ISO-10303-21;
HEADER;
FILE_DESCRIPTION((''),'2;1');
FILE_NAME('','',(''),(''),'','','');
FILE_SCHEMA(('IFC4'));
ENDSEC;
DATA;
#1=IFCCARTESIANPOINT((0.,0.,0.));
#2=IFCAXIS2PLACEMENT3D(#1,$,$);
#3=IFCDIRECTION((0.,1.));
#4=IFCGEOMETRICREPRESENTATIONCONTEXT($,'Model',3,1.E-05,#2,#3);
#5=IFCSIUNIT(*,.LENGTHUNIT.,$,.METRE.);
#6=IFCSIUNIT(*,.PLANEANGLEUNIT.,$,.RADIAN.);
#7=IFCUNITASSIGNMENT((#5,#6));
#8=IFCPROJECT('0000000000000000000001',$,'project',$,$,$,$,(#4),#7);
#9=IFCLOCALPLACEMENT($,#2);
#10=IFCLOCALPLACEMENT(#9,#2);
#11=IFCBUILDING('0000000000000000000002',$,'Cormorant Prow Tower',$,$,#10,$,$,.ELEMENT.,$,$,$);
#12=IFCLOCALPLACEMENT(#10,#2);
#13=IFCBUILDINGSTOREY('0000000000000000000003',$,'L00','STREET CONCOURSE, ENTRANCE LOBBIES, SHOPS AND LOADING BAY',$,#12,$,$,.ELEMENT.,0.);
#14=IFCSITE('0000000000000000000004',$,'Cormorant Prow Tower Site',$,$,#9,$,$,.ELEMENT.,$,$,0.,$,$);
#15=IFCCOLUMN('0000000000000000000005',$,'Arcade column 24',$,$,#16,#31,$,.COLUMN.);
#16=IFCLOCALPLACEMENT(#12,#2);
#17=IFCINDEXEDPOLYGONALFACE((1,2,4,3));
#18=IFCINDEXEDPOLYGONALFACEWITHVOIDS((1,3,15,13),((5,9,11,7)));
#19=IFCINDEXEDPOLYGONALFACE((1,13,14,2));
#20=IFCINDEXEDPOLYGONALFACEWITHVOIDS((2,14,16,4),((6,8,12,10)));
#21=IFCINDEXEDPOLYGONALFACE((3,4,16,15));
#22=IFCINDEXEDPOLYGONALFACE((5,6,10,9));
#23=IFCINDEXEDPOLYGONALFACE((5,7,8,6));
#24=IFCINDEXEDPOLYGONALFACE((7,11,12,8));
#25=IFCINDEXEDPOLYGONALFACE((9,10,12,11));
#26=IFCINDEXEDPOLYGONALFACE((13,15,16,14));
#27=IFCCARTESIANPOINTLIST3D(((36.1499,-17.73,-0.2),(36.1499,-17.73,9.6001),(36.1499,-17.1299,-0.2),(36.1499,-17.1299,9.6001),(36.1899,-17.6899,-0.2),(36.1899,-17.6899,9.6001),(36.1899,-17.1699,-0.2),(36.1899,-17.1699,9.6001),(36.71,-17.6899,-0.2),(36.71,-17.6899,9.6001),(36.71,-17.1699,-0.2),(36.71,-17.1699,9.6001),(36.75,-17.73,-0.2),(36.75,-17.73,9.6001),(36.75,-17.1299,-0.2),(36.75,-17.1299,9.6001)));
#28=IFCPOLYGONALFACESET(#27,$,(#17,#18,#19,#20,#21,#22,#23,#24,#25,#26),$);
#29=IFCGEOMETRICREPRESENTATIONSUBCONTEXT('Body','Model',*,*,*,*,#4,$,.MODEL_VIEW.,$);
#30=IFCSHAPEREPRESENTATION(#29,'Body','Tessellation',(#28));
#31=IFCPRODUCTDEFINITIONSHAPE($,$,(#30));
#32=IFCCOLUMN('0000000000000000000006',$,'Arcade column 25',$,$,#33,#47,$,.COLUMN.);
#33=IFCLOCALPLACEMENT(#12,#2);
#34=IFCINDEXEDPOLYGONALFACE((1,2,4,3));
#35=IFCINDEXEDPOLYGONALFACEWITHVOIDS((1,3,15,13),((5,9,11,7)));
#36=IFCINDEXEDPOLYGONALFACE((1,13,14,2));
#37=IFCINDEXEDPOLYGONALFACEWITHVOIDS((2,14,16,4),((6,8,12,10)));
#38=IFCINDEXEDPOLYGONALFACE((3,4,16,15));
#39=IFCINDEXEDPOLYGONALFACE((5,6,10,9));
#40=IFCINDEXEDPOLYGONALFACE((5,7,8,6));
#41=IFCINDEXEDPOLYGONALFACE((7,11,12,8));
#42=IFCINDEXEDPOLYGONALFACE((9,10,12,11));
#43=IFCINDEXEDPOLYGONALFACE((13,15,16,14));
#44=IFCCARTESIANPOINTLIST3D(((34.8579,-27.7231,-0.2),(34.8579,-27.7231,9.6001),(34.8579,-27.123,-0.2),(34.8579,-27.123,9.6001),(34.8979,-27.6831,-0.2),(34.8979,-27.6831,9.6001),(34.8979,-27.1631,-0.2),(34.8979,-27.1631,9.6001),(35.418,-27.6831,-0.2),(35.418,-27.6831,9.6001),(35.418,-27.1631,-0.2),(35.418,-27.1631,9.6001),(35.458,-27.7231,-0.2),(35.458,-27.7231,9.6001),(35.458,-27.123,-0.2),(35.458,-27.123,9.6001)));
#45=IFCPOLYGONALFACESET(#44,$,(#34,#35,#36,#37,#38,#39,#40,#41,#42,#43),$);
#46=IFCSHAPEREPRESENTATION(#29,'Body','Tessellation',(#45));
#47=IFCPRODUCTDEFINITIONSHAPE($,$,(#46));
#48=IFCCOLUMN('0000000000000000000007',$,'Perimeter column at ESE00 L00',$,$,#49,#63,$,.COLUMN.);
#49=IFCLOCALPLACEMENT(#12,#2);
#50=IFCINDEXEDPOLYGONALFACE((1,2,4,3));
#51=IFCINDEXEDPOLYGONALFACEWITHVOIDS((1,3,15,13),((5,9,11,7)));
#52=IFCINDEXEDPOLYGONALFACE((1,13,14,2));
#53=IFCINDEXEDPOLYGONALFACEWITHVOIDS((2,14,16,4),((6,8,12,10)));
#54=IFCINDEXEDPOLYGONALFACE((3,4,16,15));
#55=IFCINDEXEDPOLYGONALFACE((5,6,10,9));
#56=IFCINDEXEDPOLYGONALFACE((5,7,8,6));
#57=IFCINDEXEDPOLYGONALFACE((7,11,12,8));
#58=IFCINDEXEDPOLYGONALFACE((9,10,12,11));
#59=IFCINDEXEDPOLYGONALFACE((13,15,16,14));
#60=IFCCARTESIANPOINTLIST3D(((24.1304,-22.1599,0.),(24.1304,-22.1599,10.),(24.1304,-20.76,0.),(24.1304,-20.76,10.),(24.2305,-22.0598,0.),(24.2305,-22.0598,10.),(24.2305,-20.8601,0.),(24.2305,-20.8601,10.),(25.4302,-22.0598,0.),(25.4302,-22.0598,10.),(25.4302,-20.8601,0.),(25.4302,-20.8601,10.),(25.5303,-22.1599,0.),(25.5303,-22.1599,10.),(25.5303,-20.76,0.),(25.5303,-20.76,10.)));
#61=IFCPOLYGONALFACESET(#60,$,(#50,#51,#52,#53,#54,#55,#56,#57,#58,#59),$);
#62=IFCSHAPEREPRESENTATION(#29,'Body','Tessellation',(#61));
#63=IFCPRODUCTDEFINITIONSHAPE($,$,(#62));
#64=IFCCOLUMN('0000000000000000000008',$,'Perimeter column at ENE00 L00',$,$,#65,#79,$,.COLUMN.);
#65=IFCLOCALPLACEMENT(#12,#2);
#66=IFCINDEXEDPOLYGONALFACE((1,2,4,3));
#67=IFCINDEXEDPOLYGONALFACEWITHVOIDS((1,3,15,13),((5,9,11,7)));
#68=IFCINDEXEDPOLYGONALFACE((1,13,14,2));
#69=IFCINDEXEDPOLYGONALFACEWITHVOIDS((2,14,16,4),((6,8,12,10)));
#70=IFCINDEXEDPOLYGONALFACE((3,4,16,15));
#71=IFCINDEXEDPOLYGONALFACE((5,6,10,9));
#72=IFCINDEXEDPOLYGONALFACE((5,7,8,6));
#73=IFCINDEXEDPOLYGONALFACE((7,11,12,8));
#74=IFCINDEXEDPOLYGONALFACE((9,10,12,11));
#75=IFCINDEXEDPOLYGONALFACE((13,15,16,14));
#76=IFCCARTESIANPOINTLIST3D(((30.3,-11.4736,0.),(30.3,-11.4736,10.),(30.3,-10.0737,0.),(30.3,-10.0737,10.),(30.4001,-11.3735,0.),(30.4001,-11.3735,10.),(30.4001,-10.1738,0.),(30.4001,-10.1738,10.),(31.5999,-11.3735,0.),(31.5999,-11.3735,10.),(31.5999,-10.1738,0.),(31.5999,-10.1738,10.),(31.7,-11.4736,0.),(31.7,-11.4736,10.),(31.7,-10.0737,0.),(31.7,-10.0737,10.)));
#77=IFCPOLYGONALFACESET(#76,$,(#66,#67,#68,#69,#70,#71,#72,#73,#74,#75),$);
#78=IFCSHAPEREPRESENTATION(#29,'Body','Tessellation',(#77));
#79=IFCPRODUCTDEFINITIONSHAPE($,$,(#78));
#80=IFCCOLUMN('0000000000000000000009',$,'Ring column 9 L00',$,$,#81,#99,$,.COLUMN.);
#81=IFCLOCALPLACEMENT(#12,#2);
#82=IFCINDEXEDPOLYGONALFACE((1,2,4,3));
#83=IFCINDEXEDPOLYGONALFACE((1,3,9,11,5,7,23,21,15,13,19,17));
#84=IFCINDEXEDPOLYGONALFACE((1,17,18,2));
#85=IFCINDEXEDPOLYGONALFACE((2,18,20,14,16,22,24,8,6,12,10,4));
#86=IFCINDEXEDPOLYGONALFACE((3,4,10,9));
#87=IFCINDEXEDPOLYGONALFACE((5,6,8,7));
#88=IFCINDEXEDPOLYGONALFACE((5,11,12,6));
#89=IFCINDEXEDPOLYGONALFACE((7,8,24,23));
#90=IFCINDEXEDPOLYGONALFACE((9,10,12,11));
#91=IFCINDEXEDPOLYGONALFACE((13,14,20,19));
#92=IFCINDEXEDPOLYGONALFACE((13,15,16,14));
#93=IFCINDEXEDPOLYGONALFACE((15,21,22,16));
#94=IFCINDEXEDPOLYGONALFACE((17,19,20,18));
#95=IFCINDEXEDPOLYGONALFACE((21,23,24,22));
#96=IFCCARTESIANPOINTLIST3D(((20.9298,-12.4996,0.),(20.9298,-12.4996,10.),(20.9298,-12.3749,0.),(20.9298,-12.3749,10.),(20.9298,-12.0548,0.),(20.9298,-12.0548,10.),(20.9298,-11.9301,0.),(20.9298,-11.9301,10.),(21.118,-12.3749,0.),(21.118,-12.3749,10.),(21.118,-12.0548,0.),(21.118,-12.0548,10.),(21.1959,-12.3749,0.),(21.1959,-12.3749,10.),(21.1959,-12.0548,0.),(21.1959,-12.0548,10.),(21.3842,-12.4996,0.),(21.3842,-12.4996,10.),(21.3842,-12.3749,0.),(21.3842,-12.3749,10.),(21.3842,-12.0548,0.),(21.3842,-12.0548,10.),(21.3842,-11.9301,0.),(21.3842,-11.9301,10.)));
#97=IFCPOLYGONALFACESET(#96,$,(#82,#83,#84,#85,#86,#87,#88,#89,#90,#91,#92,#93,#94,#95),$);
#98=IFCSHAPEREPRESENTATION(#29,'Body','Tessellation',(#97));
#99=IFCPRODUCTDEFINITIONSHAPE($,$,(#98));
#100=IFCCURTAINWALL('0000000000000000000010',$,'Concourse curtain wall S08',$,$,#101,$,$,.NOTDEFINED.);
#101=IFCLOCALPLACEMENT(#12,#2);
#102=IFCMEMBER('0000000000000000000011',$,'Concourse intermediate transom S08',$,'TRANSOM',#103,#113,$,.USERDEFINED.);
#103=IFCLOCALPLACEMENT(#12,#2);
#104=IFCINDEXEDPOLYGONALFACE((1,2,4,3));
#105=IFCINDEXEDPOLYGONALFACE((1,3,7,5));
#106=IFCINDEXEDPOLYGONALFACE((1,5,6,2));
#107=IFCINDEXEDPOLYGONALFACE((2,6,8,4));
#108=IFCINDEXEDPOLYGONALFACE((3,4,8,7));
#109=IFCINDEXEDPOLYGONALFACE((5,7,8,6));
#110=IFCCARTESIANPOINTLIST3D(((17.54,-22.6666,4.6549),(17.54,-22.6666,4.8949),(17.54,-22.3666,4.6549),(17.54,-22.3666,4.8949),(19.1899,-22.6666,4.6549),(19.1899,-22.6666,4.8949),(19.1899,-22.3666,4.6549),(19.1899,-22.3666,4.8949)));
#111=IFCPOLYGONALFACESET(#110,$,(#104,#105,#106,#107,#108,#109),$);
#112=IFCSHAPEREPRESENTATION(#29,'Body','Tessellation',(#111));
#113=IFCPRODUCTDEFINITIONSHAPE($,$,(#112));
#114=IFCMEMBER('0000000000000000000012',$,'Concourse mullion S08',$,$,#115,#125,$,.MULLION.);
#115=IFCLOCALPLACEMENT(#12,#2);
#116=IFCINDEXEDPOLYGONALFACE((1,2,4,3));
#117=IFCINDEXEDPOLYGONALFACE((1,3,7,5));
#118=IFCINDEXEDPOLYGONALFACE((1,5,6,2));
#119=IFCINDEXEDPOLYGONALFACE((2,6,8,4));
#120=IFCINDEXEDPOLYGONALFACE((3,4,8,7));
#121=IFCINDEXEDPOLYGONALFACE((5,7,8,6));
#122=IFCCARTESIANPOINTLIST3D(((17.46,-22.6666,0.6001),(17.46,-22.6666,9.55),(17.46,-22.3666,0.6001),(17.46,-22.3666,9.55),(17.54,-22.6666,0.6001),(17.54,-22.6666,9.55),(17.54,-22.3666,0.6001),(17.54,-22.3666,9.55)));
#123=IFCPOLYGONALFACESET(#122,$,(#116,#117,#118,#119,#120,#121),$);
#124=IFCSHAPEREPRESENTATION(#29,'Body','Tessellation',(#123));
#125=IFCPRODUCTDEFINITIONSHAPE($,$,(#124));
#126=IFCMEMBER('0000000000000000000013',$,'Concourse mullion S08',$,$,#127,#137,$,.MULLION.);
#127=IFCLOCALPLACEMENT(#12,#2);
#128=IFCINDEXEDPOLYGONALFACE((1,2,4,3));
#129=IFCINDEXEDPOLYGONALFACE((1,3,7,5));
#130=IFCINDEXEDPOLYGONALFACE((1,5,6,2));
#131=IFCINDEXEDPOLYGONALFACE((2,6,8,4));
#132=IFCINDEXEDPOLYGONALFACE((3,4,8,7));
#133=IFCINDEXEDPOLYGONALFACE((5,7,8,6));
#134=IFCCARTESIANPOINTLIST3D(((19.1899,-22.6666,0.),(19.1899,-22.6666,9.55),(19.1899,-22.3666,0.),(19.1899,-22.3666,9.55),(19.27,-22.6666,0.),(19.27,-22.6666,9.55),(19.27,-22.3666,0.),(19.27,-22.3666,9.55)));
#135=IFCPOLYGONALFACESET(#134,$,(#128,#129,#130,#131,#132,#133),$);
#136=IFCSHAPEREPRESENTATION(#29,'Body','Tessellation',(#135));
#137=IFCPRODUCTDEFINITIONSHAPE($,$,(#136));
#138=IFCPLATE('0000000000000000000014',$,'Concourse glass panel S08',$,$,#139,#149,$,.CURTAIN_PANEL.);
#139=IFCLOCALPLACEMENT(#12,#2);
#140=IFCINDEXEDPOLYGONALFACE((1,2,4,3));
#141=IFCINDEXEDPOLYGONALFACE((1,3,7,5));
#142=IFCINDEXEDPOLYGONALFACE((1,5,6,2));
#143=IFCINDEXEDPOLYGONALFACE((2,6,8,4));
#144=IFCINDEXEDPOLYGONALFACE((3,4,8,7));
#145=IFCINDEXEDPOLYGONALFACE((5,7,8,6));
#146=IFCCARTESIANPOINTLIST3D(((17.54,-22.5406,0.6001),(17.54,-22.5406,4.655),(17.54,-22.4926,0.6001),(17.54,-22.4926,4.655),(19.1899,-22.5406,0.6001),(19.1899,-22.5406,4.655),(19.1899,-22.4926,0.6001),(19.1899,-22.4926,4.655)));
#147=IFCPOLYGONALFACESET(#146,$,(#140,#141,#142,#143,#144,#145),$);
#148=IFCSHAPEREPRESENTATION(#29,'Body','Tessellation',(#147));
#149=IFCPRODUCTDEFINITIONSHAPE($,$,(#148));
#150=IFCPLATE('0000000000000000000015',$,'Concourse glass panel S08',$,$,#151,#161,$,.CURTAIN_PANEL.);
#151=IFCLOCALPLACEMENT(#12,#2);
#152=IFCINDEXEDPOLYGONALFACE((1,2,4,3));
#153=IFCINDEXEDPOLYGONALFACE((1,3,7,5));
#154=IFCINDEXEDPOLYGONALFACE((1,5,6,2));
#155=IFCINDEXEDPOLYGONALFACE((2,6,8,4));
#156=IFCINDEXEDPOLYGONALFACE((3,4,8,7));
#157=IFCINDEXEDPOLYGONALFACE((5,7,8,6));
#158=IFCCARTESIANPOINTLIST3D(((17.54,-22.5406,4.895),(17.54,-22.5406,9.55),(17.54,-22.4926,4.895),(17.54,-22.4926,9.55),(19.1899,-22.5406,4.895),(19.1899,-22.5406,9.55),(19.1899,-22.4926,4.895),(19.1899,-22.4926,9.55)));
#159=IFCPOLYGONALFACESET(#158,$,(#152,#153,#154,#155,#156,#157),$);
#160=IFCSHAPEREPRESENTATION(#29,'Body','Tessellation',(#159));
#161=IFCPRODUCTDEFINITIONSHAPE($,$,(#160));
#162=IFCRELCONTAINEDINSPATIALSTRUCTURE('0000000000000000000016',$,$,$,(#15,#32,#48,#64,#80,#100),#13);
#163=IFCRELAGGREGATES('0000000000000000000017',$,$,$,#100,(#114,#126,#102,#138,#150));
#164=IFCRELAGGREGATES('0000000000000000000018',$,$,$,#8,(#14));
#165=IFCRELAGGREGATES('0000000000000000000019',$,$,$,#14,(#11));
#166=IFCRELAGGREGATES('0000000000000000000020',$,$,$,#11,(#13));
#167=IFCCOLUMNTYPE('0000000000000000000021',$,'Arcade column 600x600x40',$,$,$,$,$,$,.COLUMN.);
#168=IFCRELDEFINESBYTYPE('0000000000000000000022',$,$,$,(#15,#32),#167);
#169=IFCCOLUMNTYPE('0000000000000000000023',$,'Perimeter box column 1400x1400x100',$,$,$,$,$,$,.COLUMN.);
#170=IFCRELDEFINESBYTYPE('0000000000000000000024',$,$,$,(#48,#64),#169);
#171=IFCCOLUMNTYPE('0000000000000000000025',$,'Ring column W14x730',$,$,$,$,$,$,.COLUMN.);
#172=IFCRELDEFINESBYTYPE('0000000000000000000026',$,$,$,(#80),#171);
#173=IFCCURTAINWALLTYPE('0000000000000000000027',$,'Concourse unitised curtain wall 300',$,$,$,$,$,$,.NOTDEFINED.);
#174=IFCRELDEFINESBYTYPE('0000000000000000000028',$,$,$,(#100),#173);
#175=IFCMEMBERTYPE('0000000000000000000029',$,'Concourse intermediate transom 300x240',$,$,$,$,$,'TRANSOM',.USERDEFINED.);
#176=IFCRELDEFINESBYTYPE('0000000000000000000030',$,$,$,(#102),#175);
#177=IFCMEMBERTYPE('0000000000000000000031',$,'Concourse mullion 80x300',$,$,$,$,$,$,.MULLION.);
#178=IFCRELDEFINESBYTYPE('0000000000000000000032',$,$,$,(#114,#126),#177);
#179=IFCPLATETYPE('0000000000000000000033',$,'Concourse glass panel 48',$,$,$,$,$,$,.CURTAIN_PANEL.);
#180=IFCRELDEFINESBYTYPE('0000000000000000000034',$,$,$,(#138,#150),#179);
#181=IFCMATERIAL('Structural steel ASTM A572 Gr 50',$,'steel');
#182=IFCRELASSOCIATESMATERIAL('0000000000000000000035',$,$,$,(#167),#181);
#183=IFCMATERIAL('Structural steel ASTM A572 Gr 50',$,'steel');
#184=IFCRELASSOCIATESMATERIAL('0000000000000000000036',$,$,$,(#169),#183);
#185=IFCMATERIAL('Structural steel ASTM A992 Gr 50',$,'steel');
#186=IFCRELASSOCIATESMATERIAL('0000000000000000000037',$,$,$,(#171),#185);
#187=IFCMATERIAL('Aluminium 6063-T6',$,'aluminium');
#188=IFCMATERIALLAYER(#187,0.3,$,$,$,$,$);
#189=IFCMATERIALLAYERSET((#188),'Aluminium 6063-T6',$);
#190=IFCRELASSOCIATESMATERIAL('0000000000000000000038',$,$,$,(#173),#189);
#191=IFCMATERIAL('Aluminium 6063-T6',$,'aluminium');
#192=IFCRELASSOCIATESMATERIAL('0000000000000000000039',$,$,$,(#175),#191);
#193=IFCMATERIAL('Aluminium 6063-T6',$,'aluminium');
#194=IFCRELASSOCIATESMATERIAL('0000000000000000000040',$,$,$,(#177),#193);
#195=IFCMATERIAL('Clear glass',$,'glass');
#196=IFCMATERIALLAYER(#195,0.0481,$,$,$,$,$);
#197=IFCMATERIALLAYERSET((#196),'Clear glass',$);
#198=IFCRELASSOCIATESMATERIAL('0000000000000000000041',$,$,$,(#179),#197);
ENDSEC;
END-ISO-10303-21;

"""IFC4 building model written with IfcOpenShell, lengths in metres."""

from ifc_helpers import new_model, si_unit, direction, frame, origin, origin_2d, place, context, subcontext, project, spatial, rectangle, hollow_rectangle, i_section, extrude, material, layer, layer_set, material_profile, profile_set, type_object, element, aggregate, save


model = new_model("IFC4")

# Units and contexts
model_context = context("Model", 3, precision=1e-05, world=origin(), true_north=direction((0.0, 1.0)))
body_context = subcontext(model_context, "Body", "Model", "MODEL_VIEW")
ifc_project = project(units=[si_unit("LENGTHUNIT", "METRE"), si_unit("PLANEANGLEUNIT", "RADIAN")], contexts=[model_context])

# Site, building, storey
site_placement = place(None, origin())
site = spatial("IfcSite", under=ifc_project, at=site_placement, Name="Cormorant Prow Tower Site", CompositionType="ELEMENT", RefElevation=0.0)
building_placement = place(site_placement, origin())
building = spatial("IfcBuilding", under=site, at=building_placement, Name="Cormorant Prow Tower", CompositionType="ELEMENT")
storey_placement = place(building_placement, origin())
storey = spatial("IfcBuildingStorey", under=building, at=storey_placement, Name="L00", Description="STREET CONCOURSE, ENTRANCE LOBBIES, SHOPS AND LOADING BAY", CompositionType="ELEMENT", Elevation=0.0)

# Columns
ifc_material_1 = material(Name="Structural steel ASTM A572 Gr 50", Category="steel")
ifc_material_profile_1 = material_profile(ifc_material_1, hollow_rectangle(XDim=0.6001, YDim=0.6001, WallThickness=0.04, at=origin_2d()), Name="Box 600x600x40")
ifc_profile_set_1 = profile_set([ifc_material_profile_1], Name="Structural steel ASTM A572 Gr 50")
column_type_1 = type_object("IfcColumnType", Name="Arcade column 600x600x40", PredefinedType="COLUMN", material=ifc_profile_set_1)
for number, where, z_axis, x_axis, name in (
    (1, (36.45, -17.4299, -0.2), (0.0, 0.0, 1.0), (1.0, 0.0, 0.0), "Arcade column 24"),
    (2, (35.158, -27.4231, -0.2), (0.0, 0.0, 1.0), (1.0, 0.0, 0.0), "Arcade column 25"),
):
    element("IfcColumn", number, at=place(storey_placement, frame(where, z_axis=z_axis, x_axis=x_axis)), inside=storey, type_object=column_type_1, Name=name, PredefinedType="COLUMN", context=body_context, shape_type="SweptSolid", body=[
        extrude(hollow_rectangle(XDim=0.6001, YDim=0.6001, WallThickness=0.04, at=origin_2d()), origin(), (0.0, 0.0, 1.0), 9.8),
    ])
ifc_material_2 = material(Name="Structural steel ASTM A572 Gr 50", Category="steel")
ifc_material_profile_2 = material_profile(ifc_material_2, hollow_rectangle(XDim=1.3999, YDim=1.3999, WallThickness=0.1001, at=origin_2d()), Name="Box 1400x1400x100")
ifc_profile_set_2 = profile_set([ifc_material_profile_2], Name="Structural steel ASTM A572 Gr 50")
column_type_2 = type_object("IfcColumnType", Name="Perimeter box column 1400x1400x100", PredefinedType="COLUMN", material=ifc_profile_set_2)
for number, where, z_axis, x_axis, name in (
    (3, (24.8303, -21.46, 0.0), (0.0, 0.0, 1.0), (1.0, 0.0, 0.0), "Perimeter column at ESE00 L00"),
    (4, (31.0, -10.7737, 0.0), (0.0, 0.0, 1.0), (1.0, 0.0, 0.0), "Perimeter column at ENE00 L00"),
):
    element("IfcColumn", number, at=place(storey_placement, frame(where, z_axis=z_axis, x_axis=x_axis)), inside=storey, type_object=column_type_2, Name=name, PredefinedType="COLUMN", context=body_context, shape_type="SweptSolid", body=[
        extrude(hollow_rectangle(XDim=1.3999, YDim=1.3999, WallThickness=0.1001, at=origin_2d()), origin(), (0.0, 0.0, 1.0), 10.0),
    ])
ifc_material_3 = material(Name="Structural steel ASTM A992 Gr 50", Category="steel")
ifc_material_profile_3 = material_profile(ifc_material_3, i_section(OverallWidth=0.4543, OverallDepth=0.5696, WebThickness=0.0779, FlangeThickness=0.1248, at=origin_2d()), Name="W14x730")
ifc_profile_set_3 = profile_set([ifc_material_profile_3], Name="Structural steel ASTM A992 Gr 50")
column_type_3 = type_object("IfcColumnType", Name="Ring column W14x730", PredefinedType="COLUMN", material=ifc_profile_set_3)
column_placement = place(storey_placement, frame((21.157, -12.2148, 0.0), z_axis=(0.0, 0.0, 1.0), x_axis=(1.0, 0.0, 0.0)))
element("IfcColumn", 5, at=column_placement, inside=storey, type_object=column_type_3, Name="Ring column 9 L00", PredefinedType="COLUMN", context=body_context, shape_type="SweptSolid", body=[
    extrude(i_section(OverallWidth=0.4543, OverallDepth=0.5696, WebThickness=0.0779, FlangeThickness=0.1248, at=origin_2d()), origin(), (0.0, 0.0, 1.0), 10.0),
])

# Curtain wall, members, plates
ifc_material_4 = material(Name="Aluminium 6063-T6", Category="aluminium")
ifc_layer_1 = layer(ifc_material_4, 0.3)
ifc_layer_set_1 = layer_set([ifc_layer_1], Name="Aluminium 6063-T6")
curtain_wall_type = type_object("IfcCurtainWallType", Name="Concourse unitised curtain wall 300", PredefinedType="NOTDEFINED", material=ifc_layer_set_1)
curtain_wall_placement = place(storey_placement, origin())
curtain_wall = element("IfcCurtainWall", 6, at=curtain_wall_placement, inside=storey, type_object=curtain_wall_type, Name="Concourse curtain wall S08", PredefinedType="NOTDEFINED")
ifc_material_5 = material(Name="Aluminium 6063-T6", Category="aluminium")
ifc_material_profile_4 = material_profile(ifc_material_5, rectangle(XDim=0.3, YDim=0.24, at=origin_2d()), Name="Concourse intermediate transom 300x240")
ifc_profile_set_4 = profile_set([ifc_material_profile_4], Name="Aluminium 6063-T6")
member_type_1 = type_object("IfcMemberType", Name="Concourse intermediate transom 300x240", ElementType="TRANSOM", PredefinedType="USERDEFINED", material=ifc_profile_set_4)
member_1_placement = place(storey_placement, frame((17.54, -22.5166, 4.7749), z_axis=(1.0, 0.0, 0.0), x_axis=(0.0, 1.0, 0.0)))
member_1 = element("IfcMember", 7, at=member_1_placement, type_object=member_type_1, Name="Concourse intermediate transom S08", ObjectType="TRANSOM", PredefinedType="USERDEFINED", context=body_context, shape_type="SweptSolid", body=[
    extrude(rectangle(XDim=0.3, YDim=0.24, at=origin_2d()), origin(), (0.0, 0.0, 1.0), 1.6499),
])
ifc_material_6 = material(Name="Aluminium 6063-T6", Category="aluminium")
ifc_material_profile_5 = material_profile(ifc_material_6, rectangle(XDim=0.3, YDim=0.0801, at=origin_2d()), Name="Concourse mullion 80x300")
ifc_profile_set_5 = profile_set([ifc_material_profile_5], Name="Aluminium 6063-T6")
member_type_2 = type_object("IfcMemberType", Name="Concourse mullion 80x300", PredefinedType="MULLION", material=ifc_profile_set_5)
member_2_placement = place(storey_placement, frame((17.5, -22.5166, 0.6001), z_axis=(0.0, 0.0, 1.0), x_axis=(0.0, 1.0, 0.0)))
member_2 = element("IfcMember", 8, at=member_2_placement, type_object=member_type_2, Name="Concourse mullion S08", PredefinedType="MULLION", context=body_context, shape_type="SweptSolid", body=[
    extrude(rectangle(XDim=0.3, YDim=0.0801, at=origin_2d()), origin(), (0.0, 0.0, 1.0), 8.95),
])
member_3_placement = place(storey_placement, frame((19.23, -22.5166, 0.0), z_axis=(0.0, 0.0, 1.0), x_axis=(0.0, 1.0, 0.0)))
member_3 = element("IfcMember", 9, at=member_3_placement, type_object=member_type_2, Name="Concourse mullion S08", PredefinedType="MULLION", context=body_context, shape_type="SweptSolid", body=[
    extrude(rectangle(XDim=0.3, YDim=0.0801, at=origin_2d()), origin(), (0.0, 0.0, 1.0), 9.55),
])
ifc_material_7 = material(Name="Clear glass", Category="glass")
ifc_layer_2 = layer(ifc_material_7, 0.0481)
ifc_layer_set_2 = layer_set([ifc_layer_2], Name="Clear glass")
plate_type = type_object("IfcPlateType", Name="Concourse glass panel 48", PredefinedType="CURTAIN_PANEL", material=ifc_layer_set_2)
plate_1_placement = place(storey_placement, frame((18.365, -22.5166, 0.6001), z_axis=(0.0, 0.0, 1.0), x_axis=(1.0, 0.0, 0.0)))
plate_1 = element("IfcPlate", 10, at=plate_1_placement, type_object=plate_type, Name="Concourse glass panel S08", PredefinedType="CURTAIN_PANEL", context=body_context, shape_type="SweptSolid", body=[
    extrude(rectangle(XDim=1.6499, YDim=0.0481, at=origin_2d()), origin(), (0.0, 0.0, 1.0), 4.0549),
])
plate_2_placement = place(storey_placement, frame((18.365, -22.5166, 4.895), z_axis=(0.0, 0.0, 1.0), x_axis=(1.0, 0.0, 0.0)))
plate_2 = element("IfcPlate", 11, at=plate_2_placement, type_object=plate_type, Name="Concourse glass panel S08", PredefinedType="CURTAIN_PANEL", context=body_context, shape_type="SweptSolid", body=[
    extrude(rectangle(XDim=1.6499, YDim=0.0481, at=origin_2d()), origin(), (0.0, 0.0, 1.0), 4.655),
])
aggregate(curtain_wall, [member_2, member_3, member_1, plate_1, plate_2])

save(model, "model.ifc")
